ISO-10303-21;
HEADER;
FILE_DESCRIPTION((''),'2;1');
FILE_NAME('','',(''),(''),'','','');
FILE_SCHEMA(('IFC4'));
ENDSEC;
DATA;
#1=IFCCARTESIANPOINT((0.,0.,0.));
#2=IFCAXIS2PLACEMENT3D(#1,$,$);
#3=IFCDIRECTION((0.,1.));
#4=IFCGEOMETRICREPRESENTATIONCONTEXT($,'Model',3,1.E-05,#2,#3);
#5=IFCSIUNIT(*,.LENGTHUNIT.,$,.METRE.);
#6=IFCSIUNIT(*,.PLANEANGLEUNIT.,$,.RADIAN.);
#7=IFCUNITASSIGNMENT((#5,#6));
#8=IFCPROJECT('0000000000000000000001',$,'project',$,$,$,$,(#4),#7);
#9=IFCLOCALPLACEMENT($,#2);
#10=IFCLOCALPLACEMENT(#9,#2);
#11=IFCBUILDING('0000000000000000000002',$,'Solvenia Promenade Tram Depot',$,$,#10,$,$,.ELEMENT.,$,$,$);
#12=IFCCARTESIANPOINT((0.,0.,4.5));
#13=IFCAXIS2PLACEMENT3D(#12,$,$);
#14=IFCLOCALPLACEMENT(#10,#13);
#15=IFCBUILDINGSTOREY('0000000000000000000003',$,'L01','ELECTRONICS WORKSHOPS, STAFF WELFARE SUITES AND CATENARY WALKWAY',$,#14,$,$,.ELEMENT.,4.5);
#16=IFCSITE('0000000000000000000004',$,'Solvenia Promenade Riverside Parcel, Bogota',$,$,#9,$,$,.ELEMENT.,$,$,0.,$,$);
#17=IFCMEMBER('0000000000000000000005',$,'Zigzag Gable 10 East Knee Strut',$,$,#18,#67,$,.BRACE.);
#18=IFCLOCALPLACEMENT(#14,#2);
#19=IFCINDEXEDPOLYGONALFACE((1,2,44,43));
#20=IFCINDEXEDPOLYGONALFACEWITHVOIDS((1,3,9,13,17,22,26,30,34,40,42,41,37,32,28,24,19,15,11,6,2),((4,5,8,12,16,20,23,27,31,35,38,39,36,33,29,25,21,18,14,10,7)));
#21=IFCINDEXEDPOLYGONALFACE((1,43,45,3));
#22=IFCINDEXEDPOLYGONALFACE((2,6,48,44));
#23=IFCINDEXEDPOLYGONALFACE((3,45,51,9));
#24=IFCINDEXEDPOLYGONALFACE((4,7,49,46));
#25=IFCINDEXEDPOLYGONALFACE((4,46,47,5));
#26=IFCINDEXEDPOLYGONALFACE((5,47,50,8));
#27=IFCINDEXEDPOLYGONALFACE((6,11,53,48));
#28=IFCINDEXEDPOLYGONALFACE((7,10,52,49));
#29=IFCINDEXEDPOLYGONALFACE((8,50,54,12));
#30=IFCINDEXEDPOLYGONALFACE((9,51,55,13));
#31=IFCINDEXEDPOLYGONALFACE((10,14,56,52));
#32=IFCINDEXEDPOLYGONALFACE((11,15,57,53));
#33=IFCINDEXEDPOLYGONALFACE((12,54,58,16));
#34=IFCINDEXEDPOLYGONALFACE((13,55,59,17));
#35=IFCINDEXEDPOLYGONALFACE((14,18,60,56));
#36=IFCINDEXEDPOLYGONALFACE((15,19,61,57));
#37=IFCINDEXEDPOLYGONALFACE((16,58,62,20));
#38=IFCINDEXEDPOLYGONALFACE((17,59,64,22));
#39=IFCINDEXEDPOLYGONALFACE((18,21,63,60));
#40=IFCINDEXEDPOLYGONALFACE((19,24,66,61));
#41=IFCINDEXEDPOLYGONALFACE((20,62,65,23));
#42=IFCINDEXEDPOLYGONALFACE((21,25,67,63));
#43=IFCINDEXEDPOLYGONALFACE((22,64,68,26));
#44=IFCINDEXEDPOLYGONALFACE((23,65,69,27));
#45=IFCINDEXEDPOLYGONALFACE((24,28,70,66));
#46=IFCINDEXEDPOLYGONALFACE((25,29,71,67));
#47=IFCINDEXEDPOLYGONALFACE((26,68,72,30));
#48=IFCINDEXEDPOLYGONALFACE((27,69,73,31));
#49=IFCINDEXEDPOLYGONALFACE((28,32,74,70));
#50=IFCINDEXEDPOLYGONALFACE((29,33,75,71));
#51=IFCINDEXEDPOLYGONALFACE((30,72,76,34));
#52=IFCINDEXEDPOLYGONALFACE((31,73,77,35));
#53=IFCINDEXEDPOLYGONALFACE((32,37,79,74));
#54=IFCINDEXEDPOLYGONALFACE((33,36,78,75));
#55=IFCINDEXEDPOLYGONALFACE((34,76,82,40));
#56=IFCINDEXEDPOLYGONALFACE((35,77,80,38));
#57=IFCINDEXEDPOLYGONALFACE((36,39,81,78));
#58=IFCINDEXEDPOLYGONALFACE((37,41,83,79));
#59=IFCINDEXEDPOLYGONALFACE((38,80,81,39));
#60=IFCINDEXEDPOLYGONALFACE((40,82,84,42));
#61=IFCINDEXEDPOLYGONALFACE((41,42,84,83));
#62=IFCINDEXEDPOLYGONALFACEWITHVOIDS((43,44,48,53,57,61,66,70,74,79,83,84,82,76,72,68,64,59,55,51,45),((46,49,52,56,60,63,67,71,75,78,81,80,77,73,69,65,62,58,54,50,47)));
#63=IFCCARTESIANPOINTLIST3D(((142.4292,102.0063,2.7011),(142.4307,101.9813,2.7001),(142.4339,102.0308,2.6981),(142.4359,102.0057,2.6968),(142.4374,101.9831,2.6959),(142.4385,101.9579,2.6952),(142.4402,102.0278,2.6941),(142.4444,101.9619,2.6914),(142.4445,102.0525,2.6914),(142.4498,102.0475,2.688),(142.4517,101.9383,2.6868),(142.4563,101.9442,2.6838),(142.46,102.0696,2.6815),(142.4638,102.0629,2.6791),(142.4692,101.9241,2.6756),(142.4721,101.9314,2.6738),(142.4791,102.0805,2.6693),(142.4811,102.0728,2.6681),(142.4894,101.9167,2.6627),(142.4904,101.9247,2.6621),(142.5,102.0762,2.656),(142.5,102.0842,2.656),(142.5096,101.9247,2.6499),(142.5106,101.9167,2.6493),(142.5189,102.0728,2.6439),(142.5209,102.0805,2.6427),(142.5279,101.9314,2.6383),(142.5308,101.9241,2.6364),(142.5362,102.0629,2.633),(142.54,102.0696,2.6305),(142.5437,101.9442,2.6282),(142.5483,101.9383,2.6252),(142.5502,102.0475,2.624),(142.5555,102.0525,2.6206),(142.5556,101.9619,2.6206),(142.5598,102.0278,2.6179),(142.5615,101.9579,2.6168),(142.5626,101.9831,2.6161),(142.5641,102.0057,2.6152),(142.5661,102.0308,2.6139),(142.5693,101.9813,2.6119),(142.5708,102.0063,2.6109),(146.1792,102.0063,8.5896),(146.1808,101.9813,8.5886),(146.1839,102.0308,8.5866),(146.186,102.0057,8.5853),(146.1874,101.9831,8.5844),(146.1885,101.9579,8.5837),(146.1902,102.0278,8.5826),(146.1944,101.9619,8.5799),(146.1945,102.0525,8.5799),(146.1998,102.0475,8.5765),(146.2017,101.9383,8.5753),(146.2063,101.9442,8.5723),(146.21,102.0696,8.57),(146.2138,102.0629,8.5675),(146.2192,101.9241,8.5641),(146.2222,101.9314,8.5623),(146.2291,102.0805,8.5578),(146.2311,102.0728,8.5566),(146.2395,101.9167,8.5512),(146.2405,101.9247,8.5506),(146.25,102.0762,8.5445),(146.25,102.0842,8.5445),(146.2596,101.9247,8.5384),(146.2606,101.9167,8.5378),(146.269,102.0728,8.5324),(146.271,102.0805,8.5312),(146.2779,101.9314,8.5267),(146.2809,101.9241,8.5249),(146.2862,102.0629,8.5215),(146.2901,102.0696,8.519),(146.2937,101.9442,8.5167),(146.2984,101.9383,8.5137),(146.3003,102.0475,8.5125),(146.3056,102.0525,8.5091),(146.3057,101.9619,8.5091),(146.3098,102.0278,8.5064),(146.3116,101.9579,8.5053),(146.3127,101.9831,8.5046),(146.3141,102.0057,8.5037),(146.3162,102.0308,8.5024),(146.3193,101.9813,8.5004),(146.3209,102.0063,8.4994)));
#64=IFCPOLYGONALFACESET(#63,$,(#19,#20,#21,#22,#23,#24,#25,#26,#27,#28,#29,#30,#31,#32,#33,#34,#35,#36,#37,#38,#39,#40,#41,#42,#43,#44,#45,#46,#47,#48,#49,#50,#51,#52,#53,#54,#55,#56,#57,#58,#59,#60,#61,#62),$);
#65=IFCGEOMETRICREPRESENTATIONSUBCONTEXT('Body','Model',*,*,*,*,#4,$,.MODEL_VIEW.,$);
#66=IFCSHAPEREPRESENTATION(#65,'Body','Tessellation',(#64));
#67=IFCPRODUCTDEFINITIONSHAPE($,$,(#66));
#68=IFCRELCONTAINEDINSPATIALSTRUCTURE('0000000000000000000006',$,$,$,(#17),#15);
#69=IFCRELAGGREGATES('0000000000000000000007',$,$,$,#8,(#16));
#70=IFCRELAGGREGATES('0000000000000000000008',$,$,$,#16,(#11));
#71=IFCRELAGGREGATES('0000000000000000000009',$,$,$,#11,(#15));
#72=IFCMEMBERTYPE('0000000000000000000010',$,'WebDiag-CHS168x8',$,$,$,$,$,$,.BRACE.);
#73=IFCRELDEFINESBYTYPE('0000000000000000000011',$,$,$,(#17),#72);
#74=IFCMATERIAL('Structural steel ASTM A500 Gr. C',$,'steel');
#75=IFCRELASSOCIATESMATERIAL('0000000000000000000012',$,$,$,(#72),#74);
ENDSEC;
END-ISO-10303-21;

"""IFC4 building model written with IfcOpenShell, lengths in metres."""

from ifc_helpers import new_model, si_unit, direction, frame, origin, origin_2d, place, context, subcontext, project, spatial, hollow_circle, extrude, material, material_profile, profile_set, type_object, element, save


model = new_model("IFC4")

# Units and contexts
model_context = context("Model", 3, precision=1e-05, world=origin(), true_north=direction((0.0, 1.0)))
body_context = subcontext(model_context, "Body", "Model", "MODEL_VIEW")
ifc_project = project(units=[si_unit("LENGTHUNIT", "METRE"), si_unit("PLANEANGLEUNIT", "RADIAN")], contexts=[model_context])

# Site, building, storey
site_placement = place(None, origin())
site = spatial("IfcSite", under=ifc_project, at=site_placement, Name="Solvenia Promenade Riverside Parcel, Bogota", CompositionType="ELEMENT", RefElevation=0.0)
building_placement = place(site_placement, origin())
building = spatial("IfcBuilding", under=site, at=building_placement, Name="Solvenia Promenade Tram Depot", CompositionType="ELEMENT")
storey_placement = place(building_placement, frame((0.0, 0.0, 4.5)))
storey = spatial("IfcBuildingStorey", under=building, at=storey_placement, Name="L01", Description="ELECTRONICS WORKSHOPS, STAFF WELFARE SUITES AND CATENARY WALKWAY", CompositionType="ELEMENT", Elevation=4.5)

# Shared definitions
ifc_material_1 = material(Name="Structural steel ASTM A500 Gr. C", Category="steel")

# Member
ifc_material_profile_1 = material_profile(ifc_material_1, hollow_circle(Radius=0.0842, WallThickness=0.0081, at=origin_2d()), Name="CHS168.3x8", Category="steel")
ifc_profile_set_1 = profile_set([ifc_material_profile_1], Name="Structural steel ASTM A500 Gr. C")
member_type_1 = type_object("IfcMemberType", Name="WebDiag-CHS168x8", PredefinedType="BRACE", material=ifc_profile_set_1)
for number, where, z_axis, x_axis, name in (
    (1, (142.5, 102.0, 2.656), (0.537163, 0.0, 0.843479), (0.0, 1.0, 0.0), "Zigzag Gable 10 East Knee Strut"),
):
    element("IfcMember", number, at=place(storey_placement, frame(where, z_axis=z_axis, x_axis=x_axis)), inside=storey, type_object=member_type_1, Name=name, PredefinedType="BRACE", context=body_context, shape_type="SweptSolid", body=[
        extrude(hollow_circle(Radius=0.0842, WallThickness=0.0081, at=origin_2d()), origin(), (0.0, 0.0, 1.0), 6.9812),
    ])

save(model, "model.ifc")
